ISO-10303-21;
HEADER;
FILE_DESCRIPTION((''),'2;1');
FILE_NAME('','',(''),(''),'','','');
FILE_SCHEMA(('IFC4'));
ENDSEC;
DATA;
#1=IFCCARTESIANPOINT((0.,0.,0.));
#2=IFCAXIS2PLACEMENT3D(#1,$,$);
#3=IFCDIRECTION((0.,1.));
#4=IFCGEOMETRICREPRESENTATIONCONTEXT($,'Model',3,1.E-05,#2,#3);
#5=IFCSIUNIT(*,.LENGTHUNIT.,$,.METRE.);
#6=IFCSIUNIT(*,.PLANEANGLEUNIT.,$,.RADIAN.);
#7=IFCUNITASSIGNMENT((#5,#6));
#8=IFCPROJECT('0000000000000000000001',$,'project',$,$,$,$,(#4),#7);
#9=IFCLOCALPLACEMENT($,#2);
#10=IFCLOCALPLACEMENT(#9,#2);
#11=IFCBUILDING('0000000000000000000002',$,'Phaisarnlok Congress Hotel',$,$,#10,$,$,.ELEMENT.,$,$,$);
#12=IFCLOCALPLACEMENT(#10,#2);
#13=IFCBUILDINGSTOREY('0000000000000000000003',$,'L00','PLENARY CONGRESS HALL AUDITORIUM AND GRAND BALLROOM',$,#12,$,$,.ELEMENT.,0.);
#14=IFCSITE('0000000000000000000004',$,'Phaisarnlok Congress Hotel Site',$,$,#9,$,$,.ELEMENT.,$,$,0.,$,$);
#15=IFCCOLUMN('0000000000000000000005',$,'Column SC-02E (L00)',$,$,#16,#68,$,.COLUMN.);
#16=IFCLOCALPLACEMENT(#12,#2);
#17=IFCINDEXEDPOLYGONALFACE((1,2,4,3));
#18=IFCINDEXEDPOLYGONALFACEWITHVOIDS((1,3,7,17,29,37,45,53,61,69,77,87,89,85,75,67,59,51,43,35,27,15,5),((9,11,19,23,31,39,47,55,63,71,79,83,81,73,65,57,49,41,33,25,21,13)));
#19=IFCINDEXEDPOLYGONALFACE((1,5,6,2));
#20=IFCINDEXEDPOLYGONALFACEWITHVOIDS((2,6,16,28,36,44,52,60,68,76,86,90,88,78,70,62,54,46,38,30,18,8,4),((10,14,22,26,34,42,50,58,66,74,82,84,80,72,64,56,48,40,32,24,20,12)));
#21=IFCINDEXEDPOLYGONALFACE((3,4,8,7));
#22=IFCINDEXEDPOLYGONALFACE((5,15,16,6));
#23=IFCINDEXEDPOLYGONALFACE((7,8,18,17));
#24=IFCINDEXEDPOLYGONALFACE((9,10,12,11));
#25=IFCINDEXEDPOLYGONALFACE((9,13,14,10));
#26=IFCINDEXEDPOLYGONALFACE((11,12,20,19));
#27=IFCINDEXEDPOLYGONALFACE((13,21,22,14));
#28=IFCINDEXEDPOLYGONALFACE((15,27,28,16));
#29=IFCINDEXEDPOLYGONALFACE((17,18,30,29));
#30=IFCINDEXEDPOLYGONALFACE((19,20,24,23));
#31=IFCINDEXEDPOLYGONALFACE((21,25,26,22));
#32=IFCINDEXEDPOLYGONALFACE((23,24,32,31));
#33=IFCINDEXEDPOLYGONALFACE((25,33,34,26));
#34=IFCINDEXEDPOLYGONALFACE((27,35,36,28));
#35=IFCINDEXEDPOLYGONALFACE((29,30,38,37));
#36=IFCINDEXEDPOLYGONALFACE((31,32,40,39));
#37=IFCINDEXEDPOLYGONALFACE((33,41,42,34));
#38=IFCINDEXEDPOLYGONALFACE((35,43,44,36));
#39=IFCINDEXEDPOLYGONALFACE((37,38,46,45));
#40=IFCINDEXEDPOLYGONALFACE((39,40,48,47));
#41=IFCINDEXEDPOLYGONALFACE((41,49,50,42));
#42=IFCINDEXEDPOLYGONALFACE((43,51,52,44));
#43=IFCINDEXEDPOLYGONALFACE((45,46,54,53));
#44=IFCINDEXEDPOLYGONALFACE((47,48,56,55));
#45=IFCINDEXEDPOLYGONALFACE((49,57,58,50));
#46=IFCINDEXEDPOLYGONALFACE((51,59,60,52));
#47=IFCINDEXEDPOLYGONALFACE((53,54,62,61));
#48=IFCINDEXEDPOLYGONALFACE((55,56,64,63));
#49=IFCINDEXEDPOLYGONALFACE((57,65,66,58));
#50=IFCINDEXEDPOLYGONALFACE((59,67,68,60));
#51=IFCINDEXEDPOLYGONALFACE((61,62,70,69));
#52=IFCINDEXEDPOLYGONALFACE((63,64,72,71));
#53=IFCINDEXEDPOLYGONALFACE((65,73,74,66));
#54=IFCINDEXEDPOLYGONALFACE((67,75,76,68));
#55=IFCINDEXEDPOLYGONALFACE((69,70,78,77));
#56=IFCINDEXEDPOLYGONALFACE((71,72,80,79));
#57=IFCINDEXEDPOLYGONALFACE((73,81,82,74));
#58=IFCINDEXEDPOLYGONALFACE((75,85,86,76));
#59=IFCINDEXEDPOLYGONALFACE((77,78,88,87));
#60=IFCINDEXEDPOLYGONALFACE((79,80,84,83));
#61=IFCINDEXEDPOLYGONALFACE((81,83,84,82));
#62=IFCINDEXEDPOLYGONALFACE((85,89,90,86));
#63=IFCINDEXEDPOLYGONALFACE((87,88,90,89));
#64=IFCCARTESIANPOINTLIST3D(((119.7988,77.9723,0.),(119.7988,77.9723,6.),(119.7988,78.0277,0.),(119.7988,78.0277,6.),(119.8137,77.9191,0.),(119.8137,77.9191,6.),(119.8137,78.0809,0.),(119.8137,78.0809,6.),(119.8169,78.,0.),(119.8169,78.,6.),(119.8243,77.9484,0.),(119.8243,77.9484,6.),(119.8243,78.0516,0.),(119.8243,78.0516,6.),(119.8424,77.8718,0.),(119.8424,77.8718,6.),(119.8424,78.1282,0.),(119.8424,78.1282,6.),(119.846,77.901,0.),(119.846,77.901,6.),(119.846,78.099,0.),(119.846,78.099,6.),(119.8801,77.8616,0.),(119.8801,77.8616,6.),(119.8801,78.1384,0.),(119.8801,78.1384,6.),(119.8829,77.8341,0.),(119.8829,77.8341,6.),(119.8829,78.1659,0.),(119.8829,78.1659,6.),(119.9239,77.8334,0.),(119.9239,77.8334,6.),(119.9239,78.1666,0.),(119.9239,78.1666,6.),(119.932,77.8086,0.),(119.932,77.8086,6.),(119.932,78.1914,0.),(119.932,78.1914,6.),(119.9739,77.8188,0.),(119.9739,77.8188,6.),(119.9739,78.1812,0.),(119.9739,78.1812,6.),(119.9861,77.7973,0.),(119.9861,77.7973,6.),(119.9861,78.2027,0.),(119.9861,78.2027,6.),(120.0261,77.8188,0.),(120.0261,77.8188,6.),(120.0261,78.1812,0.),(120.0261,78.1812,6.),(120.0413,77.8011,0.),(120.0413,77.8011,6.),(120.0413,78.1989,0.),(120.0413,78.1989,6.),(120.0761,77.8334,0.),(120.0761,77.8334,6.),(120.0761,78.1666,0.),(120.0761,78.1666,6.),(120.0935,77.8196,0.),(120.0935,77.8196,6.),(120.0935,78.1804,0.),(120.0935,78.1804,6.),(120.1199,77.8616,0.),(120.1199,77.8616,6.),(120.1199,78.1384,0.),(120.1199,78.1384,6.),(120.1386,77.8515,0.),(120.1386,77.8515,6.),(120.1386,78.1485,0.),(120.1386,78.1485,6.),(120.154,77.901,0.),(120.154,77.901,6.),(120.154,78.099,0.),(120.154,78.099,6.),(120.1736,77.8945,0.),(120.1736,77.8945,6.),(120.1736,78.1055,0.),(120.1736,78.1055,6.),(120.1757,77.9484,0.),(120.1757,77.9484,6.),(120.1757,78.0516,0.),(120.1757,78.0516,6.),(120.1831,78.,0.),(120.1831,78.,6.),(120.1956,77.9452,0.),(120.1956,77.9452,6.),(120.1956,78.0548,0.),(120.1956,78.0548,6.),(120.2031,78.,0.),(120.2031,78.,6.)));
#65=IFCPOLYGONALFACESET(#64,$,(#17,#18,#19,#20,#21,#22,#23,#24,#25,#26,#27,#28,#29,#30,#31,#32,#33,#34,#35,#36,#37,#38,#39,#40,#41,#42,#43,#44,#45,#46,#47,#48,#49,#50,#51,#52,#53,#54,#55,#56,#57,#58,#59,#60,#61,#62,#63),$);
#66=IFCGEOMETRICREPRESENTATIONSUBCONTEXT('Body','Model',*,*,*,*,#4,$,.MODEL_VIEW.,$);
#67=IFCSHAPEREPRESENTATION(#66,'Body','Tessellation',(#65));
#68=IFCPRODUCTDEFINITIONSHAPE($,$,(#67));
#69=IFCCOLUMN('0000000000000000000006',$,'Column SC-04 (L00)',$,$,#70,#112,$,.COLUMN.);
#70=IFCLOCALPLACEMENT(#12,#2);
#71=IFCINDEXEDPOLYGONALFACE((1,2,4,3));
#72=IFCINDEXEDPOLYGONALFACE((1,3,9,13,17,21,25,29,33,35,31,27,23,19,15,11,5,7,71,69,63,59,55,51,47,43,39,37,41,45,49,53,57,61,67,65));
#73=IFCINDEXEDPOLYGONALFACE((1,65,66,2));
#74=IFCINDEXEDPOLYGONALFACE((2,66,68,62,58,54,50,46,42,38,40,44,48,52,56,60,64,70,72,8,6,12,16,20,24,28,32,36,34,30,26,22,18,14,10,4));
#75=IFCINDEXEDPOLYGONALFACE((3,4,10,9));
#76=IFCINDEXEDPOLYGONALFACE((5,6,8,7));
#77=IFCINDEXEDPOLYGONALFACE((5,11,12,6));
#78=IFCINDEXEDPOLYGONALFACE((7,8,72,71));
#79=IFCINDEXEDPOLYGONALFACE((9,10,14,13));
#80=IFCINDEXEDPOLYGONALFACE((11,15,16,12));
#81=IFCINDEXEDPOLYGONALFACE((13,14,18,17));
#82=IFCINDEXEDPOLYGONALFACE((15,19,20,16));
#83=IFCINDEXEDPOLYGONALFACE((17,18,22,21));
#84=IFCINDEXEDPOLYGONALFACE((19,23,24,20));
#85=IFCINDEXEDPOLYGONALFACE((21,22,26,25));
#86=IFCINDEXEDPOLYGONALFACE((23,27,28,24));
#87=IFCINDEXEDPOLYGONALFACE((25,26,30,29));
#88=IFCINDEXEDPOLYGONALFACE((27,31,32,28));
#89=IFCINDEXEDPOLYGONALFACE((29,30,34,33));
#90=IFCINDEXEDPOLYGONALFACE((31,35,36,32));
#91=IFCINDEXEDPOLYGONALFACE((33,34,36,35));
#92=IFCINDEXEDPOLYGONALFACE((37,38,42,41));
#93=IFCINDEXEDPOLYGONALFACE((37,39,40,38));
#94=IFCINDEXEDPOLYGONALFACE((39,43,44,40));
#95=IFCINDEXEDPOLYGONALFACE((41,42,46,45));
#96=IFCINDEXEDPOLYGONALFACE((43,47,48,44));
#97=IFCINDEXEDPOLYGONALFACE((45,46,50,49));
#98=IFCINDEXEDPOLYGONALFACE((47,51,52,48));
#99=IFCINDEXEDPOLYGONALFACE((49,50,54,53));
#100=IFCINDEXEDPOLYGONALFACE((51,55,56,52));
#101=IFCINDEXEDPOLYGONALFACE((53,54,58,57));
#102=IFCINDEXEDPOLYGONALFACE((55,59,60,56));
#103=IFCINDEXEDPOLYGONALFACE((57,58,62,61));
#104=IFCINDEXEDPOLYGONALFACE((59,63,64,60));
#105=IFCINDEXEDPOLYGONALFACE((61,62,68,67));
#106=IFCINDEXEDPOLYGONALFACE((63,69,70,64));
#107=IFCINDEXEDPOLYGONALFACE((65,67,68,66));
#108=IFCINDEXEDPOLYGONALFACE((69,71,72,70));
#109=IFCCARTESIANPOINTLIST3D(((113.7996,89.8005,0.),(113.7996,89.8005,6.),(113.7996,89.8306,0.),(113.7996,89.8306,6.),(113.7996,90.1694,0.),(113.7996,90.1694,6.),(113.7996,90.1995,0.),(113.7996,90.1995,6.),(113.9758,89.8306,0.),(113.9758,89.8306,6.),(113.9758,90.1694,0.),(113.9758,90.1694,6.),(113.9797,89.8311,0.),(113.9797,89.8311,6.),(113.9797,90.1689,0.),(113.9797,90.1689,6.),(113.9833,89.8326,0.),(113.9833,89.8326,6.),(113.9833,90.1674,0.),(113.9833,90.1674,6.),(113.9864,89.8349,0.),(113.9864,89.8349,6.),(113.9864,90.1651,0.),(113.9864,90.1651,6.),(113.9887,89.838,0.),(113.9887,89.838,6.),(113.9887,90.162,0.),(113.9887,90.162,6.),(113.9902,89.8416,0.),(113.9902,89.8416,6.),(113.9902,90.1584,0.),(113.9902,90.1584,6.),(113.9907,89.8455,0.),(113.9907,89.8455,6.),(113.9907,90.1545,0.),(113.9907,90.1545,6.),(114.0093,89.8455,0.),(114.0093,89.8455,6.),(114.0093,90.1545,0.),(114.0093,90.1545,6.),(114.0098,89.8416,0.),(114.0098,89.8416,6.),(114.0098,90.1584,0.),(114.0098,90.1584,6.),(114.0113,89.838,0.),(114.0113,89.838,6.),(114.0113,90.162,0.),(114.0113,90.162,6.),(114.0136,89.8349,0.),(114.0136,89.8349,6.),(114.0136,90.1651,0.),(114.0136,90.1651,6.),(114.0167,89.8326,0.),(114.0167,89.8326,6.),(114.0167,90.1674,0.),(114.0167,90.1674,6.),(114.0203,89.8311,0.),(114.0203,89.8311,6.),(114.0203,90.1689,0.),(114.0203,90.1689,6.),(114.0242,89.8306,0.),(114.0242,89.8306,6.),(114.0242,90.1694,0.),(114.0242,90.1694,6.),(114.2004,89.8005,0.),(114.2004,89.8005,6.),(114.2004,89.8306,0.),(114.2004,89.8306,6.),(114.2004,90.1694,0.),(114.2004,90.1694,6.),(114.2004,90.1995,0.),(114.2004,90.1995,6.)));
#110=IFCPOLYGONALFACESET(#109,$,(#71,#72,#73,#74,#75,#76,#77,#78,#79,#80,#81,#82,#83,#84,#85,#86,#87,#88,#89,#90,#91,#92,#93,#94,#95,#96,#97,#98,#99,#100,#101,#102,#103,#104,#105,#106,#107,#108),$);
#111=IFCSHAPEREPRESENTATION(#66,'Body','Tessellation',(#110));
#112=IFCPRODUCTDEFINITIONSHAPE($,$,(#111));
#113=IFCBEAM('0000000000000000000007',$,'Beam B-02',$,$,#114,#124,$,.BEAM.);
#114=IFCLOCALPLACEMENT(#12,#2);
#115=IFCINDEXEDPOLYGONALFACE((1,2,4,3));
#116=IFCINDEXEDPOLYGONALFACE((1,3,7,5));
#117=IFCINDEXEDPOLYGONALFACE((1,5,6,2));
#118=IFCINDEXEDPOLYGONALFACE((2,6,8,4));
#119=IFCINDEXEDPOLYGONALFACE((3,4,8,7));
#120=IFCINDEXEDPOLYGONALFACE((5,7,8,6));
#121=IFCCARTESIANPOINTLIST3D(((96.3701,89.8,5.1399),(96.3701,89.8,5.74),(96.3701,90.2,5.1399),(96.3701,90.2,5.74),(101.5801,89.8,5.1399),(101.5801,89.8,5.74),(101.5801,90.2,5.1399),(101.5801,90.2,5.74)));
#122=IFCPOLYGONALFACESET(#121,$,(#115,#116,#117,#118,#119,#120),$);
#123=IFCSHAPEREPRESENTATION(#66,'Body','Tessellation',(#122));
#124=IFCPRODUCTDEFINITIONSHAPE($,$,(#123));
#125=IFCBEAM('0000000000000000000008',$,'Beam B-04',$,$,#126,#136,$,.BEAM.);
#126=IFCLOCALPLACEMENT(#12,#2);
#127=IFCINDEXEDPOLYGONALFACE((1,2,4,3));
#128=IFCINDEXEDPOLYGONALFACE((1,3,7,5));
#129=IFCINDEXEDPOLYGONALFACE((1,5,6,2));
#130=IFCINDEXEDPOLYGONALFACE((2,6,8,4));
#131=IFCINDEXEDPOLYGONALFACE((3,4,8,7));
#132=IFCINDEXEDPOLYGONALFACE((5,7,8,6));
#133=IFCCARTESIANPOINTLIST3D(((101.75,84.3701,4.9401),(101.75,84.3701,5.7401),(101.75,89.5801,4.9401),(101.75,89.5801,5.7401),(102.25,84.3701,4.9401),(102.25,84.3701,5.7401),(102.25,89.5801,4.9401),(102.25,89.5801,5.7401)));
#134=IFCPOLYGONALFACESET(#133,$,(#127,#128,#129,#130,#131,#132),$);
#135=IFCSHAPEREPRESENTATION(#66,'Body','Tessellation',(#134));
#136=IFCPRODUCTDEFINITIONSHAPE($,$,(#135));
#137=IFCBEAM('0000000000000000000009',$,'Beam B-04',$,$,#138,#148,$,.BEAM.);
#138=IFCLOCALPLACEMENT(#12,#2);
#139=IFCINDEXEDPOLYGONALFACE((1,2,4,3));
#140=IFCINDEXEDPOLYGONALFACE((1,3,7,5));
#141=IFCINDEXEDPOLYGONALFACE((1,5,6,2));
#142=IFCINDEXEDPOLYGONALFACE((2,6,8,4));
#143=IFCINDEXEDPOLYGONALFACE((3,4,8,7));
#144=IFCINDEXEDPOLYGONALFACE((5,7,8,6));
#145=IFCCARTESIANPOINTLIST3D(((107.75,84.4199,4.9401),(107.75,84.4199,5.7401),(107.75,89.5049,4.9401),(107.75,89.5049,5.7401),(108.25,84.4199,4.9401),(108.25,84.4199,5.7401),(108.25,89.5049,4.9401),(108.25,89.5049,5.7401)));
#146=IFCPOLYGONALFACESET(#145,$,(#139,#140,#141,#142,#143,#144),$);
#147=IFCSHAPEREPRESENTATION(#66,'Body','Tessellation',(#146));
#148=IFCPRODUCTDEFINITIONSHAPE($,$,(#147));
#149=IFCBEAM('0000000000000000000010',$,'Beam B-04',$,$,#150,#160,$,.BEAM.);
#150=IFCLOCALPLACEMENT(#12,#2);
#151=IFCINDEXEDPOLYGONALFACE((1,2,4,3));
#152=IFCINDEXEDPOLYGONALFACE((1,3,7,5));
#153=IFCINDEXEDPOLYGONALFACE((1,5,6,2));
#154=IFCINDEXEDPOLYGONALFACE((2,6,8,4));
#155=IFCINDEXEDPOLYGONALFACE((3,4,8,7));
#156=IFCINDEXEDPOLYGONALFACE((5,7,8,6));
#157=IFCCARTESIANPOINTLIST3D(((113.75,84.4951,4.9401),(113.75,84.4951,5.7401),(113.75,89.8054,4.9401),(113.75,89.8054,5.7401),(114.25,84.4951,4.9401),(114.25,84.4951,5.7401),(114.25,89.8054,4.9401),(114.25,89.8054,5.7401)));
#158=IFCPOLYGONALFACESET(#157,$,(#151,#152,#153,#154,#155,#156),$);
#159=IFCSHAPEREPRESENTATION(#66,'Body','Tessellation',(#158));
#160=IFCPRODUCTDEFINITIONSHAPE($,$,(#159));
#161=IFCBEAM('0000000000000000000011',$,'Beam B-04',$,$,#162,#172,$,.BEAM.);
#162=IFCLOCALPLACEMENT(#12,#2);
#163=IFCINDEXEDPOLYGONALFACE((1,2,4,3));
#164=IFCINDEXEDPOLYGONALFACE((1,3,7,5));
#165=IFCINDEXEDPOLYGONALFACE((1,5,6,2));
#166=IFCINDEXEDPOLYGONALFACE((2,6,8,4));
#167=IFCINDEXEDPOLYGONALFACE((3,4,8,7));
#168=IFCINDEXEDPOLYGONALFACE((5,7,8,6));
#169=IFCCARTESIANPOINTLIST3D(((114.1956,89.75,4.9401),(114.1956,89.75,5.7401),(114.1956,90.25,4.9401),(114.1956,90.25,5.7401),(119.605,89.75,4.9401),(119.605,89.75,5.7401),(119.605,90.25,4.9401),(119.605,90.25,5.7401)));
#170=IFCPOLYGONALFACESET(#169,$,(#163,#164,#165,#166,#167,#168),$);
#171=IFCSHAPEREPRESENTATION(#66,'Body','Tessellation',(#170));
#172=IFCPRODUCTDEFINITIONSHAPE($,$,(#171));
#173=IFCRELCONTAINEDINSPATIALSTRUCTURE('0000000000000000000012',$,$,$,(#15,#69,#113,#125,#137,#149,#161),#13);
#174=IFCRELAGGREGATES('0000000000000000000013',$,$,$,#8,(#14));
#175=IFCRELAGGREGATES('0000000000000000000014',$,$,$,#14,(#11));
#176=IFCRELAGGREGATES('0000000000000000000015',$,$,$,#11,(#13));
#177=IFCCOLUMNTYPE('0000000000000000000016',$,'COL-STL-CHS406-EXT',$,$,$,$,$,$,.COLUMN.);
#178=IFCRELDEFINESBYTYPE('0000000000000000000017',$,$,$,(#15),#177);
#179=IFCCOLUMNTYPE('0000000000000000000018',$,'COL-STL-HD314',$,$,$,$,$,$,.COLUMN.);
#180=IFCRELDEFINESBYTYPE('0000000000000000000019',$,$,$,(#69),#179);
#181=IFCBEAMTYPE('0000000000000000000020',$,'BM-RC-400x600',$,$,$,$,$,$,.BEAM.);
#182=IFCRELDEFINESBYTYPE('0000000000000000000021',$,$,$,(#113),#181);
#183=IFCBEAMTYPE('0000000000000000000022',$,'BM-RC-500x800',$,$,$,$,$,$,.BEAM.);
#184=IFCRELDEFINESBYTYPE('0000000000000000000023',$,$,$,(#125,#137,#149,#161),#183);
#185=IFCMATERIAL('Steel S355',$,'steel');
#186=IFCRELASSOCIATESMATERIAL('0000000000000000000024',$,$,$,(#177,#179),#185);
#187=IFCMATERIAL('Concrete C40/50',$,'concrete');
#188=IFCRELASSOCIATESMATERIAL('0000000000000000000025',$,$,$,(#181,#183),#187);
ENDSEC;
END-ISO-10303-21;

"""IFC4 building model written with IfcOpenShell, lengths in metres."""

from ifc_helpers import new_model, si_unit, direction, frame, origin, origin_2d, place, context, subcontext, project, spatial, rectangle, hollow_circle, i_section, extrude, material, material_profile, profile_set, type_object, element, save


model = new_model("IFC4")

# Units and contexts
model_context = context("Model", 3, precision=1e-05, world=origin(), true_north=direction((0.0, 1.0)))
body_context = subcontext(model_context, "Body", "Model", "MODEL_VIEW")
ifc_project = project(units=[si_unit("LENGTHUNIT", "METRE"), si_unit("PLANEANGLEUNIT", "RADIAN")], contexts=[model_context])

# Site, building, storey
site_placement = place(None, origin())
site = spatial("IfcSite", under=ifc_project, at=site_placement, Name="Phaisarnlok Congress Hotel Site", CompositionType="ELEMENT", RefElevation=0.0)
building_placement = place(site_placement, origin())
building = spatial("IfcBuilding", under=site, at=building_placement, Name="Phaisarnlok Congress Hotel", CompositionType="ELEMENT")
storey_placement = place(building_placement, origin())
storey = spatial("IfcBuildingStorey", under=building, at=storey_placement, Name="L00", Description="PLENARY CONGRESS HALL AUDITORIUM AND GRAND BALLROOM", CompositionType="ELEMENT", Elevation=0.0)

# Columns
ifc_material_1 = material(Name="Steel S355", Category="steel")
ifc_material_profile_1 = material_profile(ifc_material_1, hollow_circle(Radius=0.2031, WallThickness=0.02, at=origin_2d()), Name="CHS 406.4x20")
ifc_profile_set_1 = profile_set([ifc_material_profile_1], Name="Steel S355")
column_type_1 = type_object("IfcColumnType", Name="COL-STL-CHS406-EXT", PredefinedType="COLUMN", material=ifc_profile_set_1)
for number, where, z_axis, x_axis, name in (
    (1, (120.0, 78.0, 0.0), (0.0, 0.0, 1.0), (1.0, 0.0, 0.0), "Column SC-02E (L00)"),
):
    element("IfcColumn", number, at=place(storey_placement, frame(where, z_axis=z_axis, x_axis=x_axis)), inside=storey, type_object=column_type_1, Name=name, PredefinedType="COLUMN", context=body_context, shape_type="SweptSolid", body=[
        extrude(hollow_circle(Radius=0.2031, WallThickness=0.02, at=origin_2d()), origin(), (0.0, 0.0, 1.0), 6.0),
    ])
ifc_material_profile_2 = material_profile(ifc_material_1, i_section(OverallWidth=0.4009, OverallDepth=0.3989, WebThickness=0.0186, FlangeThickness=0.03, FilletRadius=0.0149, at=origin_2d()), Name="HD 400x314")
ifc_profile_set_2 = profile_set([ifc_material_profile_2], Name="Steel S355")
column_type_2 = type_object("IfcColumnType", Name="COL-STL-HD314", PredefinedType="COLUMN", material=ifc_profile_set_2)
column_1_placement = place(storey_placement, frame((114.0, 90.0, 0.0), z_axis=(0.0, 0.0, 1.0), x_axis=(1.0, 0.0, 0.0)))
element("IfcColumn", 2, at=column_1_placement, inside=storey, type_object=column_type_2, Name="Column SC-04 (L00)", PredefinedType="COLUMN", context=body_context, shape_type="SweptSolid", body=[
    extrude(i_section(OverallWidth=0.4009, OverallDepth=0.3989, WebThickness=0.0186, FlangeThickness=0.03, FilletRadius=0.0149, at=origin_2d()), origin(), (0.0, 0.0, 1.0), 6.0),
])

# Beams
ifc_material_2 = material(Name="Concrete C40/50", Category="concrete")
ifc_material_profile_3 = material_profile(ifc_material_2, rectangle(XDim=0.3999, YDim=0.6001, at=origin_2d()), Name="RC 400x600")
ifc_profile_set_3 = profile_set([ifc_material_profile_3], Name="Concrete C40/50")
beam_type_1 = type_object("IfcBeamType", Name="BM-RC-400x600", PredefinedType="BEAM", material=ifc_profile_set_3)
beam_1_placement = place(storey_placement, frame((96.3701, 90.0, 5.4399), z_axis=(1.0, 0.0, 0.0), x_axis=(0.0, 1.0, 0.0)))
element("IfcBeam", 3, at=beam_1_placement, inside=storey, type_object=beam_type_1, Name="Beam B-02", PredefinedType="BEAM", context=body_context, shape_type="SweptSolid", body=[
    extrude(rectangle(XDim=0.3999, YDim=0.6001, at=origin_2d()), origin(), (0.0, 0.0, 1.0), 5.21),
])
ifc_material_profile_4 = material_profile(ifc_material_2, rectangle(XDim=0.5, YDim=0.8, at=origin_2d()), Name="RC 500x800")
ifc_profile_set_4 = profile_set([ifc_material_profile_4], Name="Concrete C40/50")
beam_type_2 = type_object("IfcBeamType", Name="BM-RC-500x800", PredefinedType="BEAM", material=ifc_profile_set_4)
beam_2_placement = place(storey_placement, frame((102.0, 84.3701, 5.3401), z_axis=(0.0, 1.0, 0.0), x_axis=(-1.0, 0.0, 0.0)))
element("IfcBeam", 4, at=beam_2_placement, inside=storey, type_object=beam_type_2, Name="Beam B-04", PredefinedType="BEAM", context=body_context, shape_type="SweptSolid", body=[
    extrude(rectangle(XDim=0.5, YDim=0.8, at=origin_2d()), origin(), (0.0, 0.0, 1.0), 5.21),
])
beam_3_placement = place(storey_placement, frame((108.0, 84.4199, 5.3401), z_axis=(0.0, 1.0, 0.0), x_axis=(-1.0, 0.0, 0.0)))
element("IfcBeam", 5, at=beam_3_placement, inside=storey, type_object=beam_type_2, Name="Beam B-04", PredefinedType="BEAM", context=body_context, shape_type="SweptSolid", body=[
    extrude(rectangle(XDim=0.5, YDim=0.8, at=origin_2d()), origin(), (0.0, 0.0, 1.0), 5.085),
])
beam_4_placement = place(storey_placement, frame((114.0, 84.4951, 5.3401), z_axis=(0.0, 1.0, 0.0), x_axis=(-1.0, 0.0, 0.0)))
element("IfcBeam", 6, at=beam_4_placement, inside=storey, type_object=beam_type_2, Name="Beam B-04", PredefinedType="BEAM", context=body_context, shape_type="SweptSolid", body=[
    extrude(rectangle(XDim=0.5, YDim=0.8, at=origin_2d()), origin(), (0.0, 0.0, 1.0), 5.3103),
])
beam_5_placement = place(storey_placement, frame((114.1956, 90.0, 5.3401), z_axis=(1.0, 0.0, 0.0), x_axis=(0.0, 1.0, 0.0)))
element("IfcBeam", 7, at=beam_5_placement, inside=storey, type_object=beam_type_2, Name="Beam B-04", PredefinedType="BEAM", context=body_context, shape_type="SweptSolid", body=[
    extrude(rectangle(XDim=0.5, YDim=0.8, at=origin_2d()), origin(), (0.0, 0.0, 1.0), 5.4094),
])

save(model, "model.ifc")
